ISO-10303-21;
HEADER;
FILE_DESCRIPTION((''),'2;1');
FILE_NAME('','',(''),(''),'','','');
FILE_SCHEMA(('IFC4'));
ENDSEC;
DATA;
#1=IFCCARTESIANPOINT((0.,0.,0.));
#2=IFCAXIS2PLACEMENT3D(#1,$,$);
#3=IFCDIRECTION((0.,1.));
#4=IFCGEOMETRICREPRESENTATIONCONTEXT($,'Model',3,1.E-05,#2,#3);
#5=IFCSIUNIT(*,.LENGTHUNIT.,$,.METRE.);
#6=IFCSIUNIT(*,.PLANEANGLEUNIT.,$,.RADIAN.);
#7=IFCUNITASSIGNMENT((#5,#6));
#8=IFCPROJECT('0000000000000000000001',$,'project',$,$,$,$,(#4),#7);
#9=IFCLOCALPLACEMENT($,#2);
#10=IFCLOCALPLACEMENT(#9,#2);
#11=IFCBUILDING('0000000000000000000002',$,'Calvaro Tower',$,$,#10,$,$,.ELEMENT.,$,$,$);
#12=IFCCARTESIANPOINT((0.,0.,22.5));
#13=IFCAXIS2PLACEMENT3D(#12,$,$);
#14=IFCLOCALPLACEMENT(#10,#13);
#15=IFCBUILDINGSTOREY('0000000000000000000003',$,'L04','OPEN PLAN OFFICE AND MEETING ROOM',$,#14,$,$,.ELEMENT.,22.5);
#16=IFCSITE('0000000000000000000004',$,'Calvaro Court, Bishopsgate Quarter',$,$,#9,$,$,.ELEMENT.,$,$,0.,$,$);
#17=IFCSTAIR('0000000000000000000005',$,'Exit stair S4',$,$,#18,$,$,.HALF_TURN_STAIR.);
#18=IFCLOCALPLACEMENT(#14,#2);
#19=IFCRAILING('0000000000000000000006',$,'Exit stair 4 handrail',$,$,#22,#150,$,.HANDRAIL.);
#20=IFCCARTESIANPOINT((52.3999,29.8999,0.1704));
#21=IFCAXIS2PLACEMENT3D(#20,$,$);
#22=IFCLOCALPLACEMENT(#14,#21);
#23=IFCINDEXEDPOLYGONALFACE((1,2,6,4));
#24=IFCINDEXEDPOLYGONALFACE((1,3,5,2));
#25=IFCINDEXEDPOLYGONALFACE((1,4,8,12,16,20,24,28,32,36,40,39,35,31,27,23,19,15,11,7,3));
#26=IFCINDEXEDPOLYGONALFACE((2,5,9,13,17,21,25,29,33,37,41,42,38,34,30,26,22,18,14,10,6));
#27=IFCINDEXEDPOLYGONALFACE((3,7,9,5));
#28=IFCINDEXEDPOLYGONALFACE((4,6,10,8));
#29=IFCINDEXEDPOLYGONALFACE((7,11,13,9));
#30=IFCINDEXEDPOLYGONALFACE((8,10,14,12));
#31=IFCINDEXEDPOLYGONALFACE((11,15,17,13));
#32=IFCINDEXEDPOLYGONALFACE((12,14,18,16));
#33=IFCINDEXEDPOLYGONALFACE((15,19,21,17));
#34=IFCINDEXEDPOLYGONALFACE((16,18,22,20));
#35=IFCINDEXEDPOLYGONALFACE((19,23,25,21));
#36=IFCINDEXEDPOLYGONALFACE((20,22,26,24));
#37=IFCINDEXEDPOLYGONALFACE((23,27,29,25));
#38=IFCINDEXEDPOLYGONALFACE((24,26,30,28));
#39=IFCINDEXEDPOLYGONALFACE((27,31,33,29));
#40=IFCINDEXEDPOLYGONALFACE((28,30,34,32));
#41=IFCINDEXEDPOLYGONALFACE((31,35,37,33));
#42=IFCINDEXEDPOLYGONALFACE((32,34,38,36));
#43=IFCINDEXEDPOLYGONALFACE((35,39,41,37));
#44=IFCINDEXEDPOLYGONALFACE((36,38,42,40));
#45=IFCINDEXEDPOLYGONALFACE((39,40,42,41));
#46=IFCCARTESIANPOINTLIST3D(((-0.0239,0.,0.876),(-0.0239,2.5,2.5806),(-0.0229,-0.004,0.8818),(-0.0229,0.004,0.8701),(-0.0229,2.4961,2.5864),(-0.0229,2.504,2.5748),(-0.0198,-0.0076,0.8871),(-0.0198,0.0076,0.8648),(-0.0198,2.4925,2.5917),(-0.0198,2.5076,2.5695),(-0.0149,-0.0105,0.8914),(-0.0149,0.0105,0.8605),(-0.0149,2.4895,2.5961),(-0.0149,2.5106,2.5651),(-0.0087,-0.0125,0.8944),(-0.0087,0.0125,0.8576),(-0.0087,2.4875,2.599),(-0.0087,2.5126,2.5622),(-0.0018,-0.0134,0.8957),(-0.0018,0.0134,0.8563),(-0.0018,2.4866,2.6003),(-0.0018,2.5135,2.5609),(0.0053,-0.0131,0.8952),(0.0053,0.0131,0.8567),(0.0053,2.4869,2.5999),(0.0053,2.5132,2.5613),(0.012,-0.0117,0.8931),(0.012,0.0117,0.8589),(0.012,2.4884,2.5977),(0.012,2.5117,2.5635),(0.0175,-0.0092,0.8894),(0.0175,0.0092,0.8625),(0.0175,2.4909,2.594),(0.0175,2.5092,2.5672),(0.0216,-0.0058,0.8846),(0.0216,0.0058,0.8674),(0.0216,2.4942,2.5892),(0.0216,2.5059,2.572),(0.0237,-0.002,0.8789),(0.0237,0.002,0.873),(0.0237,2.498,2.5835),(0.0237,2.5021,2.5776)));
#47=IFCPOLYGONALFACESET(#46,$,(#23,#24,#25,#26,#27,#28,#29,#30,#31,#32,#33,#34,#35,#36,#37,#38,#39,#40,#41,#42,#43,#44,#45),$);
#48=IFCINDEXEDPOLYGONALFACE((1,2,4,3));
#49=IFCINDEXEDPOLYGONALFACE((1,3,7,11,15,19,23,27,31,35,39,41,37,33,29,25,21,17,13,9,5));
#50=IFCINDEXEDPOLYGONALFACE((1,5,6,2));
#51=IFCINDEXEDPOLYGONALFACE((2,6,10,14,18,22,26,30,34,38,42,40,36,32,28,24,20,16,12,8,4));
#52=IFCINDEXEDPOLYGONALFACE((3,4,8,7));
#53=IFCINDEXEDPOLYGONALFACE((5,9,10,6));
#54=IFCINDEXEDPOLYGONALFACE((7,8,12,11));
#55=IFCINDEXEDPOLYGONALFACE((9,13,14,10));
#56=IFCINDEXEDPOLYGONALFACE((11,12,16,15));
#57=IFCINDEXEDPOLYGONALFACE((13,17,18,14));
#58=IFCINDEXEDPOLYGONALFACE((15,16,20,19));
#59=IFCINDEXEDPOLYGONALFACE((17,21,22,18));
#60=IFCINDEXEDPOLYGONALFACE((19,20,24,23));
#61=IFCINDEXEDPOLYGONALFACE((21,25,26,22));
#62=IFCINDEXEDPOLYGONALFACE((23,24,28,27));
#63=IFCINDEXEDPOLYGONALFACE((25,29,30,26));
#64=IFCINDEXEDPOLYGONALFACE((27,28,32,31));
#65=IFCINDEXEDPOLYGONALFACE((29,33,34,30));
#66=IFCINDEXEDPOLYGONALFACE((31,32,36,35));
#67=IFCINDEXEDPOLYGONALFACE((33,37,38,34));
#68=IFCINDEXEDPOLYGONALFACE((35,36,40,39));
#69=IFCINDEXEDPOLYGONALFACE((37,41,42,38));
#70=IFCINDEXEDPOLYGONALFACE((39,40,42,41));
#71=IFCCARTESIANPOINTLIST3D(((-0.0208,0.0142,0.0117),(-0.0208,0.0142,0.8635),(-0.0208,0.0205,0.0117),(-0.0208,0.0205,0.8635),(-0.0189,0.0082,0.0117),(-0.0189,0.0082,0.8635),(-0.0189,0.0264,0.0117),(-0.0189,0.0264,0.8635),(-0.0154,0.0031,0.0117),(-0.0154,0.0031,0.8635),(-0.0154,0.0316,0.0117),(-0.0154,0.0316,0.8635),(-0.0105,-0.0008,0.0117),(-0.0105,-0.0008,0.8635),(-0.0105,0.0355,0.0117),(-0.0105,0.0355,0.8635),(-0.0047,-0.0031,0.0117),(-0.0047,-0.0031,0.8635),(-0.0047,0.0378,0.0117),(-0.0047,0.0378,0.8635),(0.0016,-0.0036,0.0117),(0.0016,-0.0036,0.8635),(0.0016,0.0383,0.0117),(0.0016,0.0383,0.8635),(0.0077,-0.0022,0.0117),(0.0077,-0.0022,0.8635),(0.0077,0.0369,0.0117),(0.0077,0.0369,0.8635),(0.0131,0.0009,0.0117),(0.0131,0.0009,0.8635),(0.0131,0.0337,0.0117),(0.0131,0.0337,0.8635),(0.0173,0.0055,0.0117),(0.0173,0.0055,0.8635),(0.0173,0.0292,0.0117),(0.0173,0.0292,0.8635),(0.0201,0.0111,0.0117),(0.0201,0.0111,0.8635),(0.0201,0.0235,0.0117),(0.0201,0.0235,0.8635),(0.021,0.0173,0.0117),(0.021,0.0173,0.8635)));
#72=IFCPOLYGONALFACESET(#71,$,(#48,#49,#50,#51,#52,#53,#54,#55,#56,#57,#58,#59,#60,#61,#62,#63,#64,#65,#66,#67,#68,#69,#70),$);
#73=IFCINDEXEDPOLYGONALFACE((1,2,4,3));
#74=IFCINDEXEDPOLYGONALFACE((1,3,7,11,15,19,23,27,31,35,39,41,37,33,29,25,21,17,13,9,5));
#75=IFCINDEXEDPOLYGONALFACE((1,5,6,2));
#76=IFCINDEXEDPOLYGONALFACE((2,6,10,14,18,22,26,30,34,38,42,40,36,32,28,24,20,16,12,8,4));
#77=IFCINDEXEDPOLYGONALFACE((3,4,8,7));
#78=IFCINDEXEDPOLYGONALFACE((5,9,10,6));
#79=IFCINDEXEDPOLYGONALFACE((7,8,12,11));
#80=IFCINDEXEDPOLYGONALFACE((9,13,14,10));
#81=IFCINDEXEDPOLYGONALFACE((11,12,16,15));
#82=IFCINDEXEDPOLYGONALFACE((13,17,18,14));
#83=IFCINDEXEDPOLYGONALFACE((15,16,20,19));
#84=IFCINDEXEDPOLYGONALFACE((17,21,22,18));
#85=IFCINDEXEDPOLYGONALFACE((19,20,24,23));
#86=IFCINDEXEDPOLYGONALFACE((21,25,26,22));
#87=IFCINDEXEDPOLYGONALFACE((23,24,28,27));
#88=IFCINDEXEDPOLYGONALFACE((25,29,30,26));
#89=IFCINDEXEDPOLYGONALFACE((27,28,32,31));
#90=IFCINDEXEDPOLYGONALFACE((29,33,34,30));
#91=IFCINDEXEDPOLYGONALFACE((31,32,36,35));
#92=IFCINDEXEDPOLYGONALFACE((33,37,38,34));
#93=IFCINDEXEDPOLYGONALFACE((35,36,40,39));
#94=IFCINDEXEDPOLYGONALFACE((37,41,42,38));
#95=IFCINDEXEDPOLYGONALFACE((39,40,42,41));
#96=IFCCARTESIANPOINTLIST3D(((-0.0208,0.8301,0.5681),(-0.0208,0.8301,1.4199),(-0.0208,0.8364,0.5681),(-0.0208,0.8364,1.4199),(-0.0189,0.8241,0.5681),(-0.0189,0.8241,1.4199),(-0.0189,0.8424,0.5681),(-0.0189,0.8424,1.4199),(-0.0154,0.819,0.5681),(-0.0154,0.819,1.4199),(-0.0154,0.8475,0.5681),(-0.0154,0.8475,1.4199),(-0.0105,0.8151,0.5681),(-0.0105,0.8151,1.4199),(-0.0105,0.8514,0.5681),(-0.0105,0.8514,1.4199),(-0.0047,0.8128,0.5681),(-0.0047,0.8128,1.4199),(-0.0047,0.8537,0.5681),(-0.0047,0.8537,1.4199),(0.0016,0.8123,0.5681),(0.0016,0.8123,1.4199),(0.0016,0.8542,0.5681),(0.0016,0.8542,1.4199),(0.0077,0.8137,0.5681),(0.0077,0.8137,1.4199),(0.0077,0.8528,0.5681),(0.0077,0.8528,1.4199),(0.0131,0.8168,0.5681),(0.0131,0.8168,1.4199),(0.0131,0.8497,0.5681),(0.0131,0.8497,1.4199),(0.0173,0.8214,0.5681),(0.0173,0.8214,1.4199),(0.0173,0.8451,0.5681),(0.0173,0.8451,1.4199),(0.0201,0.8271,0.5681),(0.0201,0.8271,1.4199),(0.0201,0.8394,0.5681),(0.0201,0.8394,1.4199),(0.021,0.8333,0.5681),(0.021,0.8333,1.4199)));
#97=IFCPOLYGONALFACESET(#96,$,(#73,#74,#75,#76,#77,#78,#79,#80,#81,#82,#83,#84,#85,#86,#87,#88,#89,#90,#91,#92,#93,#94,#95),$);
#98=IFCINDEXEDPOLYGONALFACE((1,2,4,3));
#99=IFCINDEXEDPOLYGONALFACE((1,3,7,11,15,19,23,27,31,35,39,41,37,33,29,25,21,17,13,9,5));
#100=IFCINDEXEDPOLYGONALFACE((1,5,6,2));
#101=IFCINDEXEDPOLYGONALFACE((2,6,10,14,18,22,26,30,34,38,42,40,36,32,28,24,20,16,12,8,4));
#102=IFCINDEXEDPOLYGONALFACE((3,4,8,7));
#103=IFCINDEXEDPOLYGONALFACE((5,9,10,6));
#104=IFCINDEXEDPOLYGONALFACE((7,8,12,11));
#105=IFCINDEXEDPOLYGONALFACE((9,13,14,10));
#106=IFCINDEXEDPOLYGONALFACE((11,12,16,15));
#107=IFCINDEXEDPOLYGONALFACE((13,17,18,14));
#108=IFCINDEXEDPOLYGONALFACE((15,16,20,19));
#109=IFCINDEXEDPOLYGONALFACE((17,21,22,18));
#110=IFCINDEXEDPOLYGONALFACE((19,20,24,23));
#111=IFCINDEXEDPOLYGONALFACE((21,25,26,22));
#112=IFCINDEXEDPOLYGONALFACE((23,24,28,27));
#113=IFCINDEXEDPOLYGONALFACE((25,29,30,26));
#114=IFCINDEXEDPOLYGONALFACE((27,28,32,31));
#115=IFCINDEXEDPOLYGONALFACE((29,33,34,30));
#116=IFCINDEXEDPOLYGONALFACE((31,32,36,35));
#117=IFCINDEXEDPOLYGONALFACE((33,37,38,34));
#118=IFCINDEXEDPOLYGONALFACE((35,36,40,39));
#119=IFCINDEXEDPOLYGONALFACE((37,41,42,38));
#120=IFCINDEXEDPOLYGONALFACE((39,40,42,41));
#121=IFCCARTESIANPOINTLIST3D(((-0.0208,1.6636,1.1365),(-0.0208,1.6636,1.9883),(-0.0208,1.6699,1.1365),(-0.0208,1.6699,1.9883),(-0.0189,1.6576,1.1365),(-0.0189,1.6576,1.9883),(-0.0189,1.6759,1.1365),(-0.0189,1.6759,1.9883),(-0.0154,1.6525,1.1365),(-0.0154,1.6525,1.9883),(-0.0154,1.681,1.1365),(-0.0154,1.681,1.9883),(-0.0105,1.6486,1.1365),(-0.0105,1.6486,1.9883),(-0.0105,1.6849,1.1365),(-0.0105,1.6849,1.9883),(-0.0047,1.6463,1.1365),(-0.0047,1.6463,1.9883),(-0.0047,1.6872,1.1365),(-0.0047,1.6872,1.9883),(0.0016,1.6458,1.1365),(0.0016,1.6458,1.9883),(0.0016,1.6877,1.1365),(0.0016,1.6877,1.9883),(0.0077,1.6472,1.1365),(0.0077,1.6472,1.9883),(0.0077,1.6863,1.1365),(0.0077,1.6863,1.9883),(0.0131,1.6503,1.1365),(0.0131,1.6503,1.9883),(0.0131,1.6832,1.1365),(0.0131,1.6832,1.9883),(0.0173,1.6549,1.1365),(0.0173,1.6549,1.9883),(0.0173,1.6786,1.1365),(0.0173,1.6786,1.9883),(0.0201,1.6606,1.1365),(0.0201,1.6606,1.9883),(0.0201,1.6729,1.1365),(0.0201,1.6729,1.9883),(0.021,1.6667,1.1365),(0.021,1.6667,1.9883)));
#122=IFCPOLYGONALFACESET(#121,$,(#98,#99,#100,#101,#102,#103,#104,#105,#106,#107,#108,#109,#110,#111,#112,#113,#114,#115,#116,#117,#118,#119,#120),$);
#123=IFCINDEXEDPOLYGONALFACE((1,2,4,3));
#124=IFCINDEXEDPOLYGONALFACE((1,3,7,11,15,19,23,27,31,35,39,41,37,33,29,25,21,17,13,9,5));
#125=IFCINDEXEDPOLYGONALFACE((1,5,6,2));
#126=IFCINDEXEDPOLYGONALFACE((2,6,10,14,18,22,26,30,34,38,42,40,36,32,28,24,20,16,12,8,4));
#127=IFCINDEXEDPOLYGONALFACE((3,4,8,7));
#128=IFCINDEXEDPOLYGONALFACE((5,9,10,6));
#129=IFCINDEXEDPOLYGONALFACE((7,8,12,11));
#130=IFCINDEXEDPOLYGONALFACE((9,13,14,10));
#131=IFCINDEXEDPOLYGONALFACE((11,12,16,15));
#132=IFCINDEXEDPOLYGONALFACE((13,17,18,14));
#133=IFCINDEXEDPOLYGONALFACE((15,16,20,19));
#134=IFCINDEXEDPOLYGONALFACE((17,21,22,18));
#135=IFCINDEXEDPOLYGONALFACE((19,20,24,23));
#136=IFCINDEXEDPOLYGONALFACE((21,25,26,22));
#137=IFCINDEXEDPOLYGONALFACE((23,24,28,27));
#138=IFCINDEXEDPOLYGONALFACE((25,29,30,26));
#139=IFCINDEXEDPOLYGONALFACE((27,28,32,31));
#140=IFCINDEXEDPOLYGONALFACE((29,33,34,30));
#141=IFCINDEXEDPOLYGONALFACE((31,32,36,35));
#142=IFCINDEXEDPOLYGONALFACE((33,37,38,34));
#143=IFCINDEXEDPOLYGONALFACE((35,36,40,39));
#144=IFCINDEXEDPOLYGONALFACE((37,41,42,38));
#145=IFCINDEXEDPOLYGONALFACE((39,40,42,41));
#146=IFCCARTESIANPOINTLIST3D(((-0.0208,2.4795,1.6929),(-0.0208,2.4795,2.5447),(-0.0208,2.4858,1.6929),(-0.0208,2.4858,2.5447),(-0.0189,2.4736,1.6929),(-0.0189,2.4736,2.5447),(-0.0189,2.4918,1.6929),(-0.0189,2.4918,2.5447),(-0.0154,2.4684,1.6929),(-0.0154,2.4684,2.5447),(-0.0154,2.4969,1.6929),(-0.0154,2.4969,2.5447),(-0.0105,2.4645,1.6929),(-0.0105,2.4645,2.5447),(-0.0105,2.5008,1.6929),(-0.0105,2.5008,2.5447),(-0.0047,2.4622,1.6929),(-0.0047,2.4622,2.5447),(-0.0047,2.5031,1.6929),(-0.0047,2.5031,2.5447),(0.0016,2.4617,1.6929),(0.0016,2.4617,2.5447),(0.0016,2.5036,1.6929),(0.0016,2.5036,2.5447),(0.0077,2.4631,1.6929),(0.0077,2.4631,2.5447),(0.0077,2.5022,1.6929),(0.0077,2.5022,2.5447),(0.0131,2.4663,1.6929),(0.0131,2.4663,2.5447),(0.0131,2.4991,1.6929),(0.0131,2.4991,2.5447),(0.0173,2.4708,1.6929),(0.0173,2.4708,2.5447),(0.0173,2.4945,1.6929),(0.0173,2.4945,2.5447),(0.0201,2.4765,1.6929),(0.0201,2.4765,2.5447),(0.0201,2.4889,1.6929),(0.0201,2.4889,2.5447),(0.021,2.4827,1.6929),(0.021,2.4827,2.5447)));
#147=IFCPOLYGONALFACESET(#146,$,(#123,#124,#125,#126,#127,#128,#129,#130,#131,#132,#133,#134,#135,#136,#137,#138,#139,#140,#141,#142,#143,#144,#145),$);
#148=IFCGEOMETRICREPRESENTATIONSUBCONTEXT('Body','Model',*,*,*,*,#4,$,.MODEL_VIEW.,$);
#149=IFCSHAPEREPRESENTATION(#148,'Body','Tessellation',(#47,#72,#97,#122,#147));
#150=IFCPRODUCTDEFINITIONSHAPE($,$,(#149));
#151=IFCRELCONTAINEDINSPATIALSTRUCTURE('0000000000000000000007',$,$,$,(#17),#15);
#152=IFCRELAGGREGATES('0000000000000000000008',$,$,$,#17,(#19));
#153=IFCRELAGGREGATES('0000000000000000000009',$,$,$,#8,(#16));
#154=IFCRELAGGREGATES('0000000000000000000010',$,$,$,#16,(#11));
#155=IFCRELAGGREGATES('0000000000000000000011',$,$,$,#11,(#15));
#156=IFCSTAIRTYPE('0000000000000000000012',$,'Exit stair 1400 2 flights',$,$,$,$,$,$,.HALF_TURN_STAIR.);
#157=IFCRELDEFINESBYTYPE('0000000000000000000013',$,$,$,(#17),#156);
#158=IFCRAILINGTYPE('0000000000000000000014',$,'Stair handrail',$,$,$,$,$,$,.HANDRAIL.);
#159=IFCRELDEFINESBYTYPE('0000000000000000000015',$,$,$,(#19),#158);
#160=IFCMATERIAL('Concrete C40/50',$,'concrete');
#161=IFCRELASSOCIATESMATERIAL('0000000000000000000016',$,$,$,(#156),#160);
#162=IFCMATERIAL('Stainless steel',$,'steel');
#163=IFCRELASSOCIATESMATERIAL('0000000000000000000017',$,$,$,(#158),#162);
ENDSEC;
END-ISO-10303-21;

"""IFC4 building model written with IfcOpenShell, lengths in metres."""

from ifc_helpers import new_model, si_unit, direction, frame, origin, origin_2d, place, context, subcontext, project, spatial, circle, extrude, material, type_object, element, aggregate, save


model = new_model("IFC4")

# Units and contexts
model_context = context("Model", 3, precision=1e-05, world=origin(), true_north=direction((0.0, 1.0)))
body_context = subcontext(model_context, "Body", "Model", "MODEL_VIEW")
ifc_project = project(units=[si_unit("LENGTHUNIT", "METRE"), si_unit("PLANEANGLEUNIT", "RADIAN")], contexts=[model_context])

# Site, building, storey
site_placement = place(None, origin())
site = spatial("IfcSite", under=ifc_project, at=site_placement, Name="Calvaro Court, Bishopsgate Quarter", CompositionType="ELEMENT", RefElevation=0.0)
building_placement = place(site_placement, origin())
building = spatial("IfcBuilding", under=site, at=building_placement, Name="Calvaro Tower", CompositionType="ELEMENT")
storey_placement = place(building_placement, frame((0.0, 0.0, 22.5)))
storey = spatial("IfcBuildingStorey", under=building, at=storey_placement, Name="L04", Description="OPEN PLAN OFFICE AND MEETING ROOM", CompositionType="ELEMENT", Elevation=22.5)

# Stair
ifc_material_1 = material(Name="Concrete C40/50", Category="concrete")
stair_type = type_object("IfcStairType", Name="Exit stair 1400 2 flights", PredefinedType="HALF_TURN_STAIR", material=ifc_material_1)
stair_1_placement = place(storey_placement, origin())
stair_1 = element("IfcStair", 1, at=stair_1_placement, inside=storey, type_object=stair_type, Name="Exit stair S4", PredefinedType="HALF_TURN_STAIR")

# Railing
ifc_material_2 = material(Name="Stainless steel", Category="steel")
railing_type = type_object("IfcRailingType", Name="Stair handrail", PredefinedType="HANDRAIL", material=ifc_material_2)
railing_1_placement = place(storey_placement, frame((52.3999, 29.8999, 0.1704)))
railing_1 = element("IfcRailing", 2, at=railing_1_placement, type_object=railing_type, Name="Exit stair 4 handrail", PredefinedType="HANDRAIL", context=body_context, shape_type="SweptSolid", body=[
    extrude(circle(Radius=0.0239, at=origin_2d()), frame((0.0, 0.0, 0.876), z_axis=(0.0, 0.826221, 0.563347), x_axis=(-1.0, 0.0, 0.0)), (0.0, 0.0, 1.0), 3.0259),
    extrude(circle(Radius=0.021, at=origin_2d()), frame((0.0, 0.0173, 0.0117)), (0.0, 0.0, 1.0), 0.8518),
    extrude(circle(Radius=0.021, at=origin_2d()), frame((0.0, 0.8333, 0.5681)), (0.0, 0.0, 1.0), 0.8518),
    extrude(circle(Radius=0.021, at=origin_2d()), frame((0.0, 1.6667, 1.1365)), (0.0, 0.0, 1.0), 0.8518),
    extrude(circle(Radius=0.021, at=origin_2d()), frame((0.0, 2.4827, 1.6929)), (0.0, 0.0, 1.0), 0.8518),
])
aggregate(stair_1, [railing_1])

save(model, "model.ifc")
